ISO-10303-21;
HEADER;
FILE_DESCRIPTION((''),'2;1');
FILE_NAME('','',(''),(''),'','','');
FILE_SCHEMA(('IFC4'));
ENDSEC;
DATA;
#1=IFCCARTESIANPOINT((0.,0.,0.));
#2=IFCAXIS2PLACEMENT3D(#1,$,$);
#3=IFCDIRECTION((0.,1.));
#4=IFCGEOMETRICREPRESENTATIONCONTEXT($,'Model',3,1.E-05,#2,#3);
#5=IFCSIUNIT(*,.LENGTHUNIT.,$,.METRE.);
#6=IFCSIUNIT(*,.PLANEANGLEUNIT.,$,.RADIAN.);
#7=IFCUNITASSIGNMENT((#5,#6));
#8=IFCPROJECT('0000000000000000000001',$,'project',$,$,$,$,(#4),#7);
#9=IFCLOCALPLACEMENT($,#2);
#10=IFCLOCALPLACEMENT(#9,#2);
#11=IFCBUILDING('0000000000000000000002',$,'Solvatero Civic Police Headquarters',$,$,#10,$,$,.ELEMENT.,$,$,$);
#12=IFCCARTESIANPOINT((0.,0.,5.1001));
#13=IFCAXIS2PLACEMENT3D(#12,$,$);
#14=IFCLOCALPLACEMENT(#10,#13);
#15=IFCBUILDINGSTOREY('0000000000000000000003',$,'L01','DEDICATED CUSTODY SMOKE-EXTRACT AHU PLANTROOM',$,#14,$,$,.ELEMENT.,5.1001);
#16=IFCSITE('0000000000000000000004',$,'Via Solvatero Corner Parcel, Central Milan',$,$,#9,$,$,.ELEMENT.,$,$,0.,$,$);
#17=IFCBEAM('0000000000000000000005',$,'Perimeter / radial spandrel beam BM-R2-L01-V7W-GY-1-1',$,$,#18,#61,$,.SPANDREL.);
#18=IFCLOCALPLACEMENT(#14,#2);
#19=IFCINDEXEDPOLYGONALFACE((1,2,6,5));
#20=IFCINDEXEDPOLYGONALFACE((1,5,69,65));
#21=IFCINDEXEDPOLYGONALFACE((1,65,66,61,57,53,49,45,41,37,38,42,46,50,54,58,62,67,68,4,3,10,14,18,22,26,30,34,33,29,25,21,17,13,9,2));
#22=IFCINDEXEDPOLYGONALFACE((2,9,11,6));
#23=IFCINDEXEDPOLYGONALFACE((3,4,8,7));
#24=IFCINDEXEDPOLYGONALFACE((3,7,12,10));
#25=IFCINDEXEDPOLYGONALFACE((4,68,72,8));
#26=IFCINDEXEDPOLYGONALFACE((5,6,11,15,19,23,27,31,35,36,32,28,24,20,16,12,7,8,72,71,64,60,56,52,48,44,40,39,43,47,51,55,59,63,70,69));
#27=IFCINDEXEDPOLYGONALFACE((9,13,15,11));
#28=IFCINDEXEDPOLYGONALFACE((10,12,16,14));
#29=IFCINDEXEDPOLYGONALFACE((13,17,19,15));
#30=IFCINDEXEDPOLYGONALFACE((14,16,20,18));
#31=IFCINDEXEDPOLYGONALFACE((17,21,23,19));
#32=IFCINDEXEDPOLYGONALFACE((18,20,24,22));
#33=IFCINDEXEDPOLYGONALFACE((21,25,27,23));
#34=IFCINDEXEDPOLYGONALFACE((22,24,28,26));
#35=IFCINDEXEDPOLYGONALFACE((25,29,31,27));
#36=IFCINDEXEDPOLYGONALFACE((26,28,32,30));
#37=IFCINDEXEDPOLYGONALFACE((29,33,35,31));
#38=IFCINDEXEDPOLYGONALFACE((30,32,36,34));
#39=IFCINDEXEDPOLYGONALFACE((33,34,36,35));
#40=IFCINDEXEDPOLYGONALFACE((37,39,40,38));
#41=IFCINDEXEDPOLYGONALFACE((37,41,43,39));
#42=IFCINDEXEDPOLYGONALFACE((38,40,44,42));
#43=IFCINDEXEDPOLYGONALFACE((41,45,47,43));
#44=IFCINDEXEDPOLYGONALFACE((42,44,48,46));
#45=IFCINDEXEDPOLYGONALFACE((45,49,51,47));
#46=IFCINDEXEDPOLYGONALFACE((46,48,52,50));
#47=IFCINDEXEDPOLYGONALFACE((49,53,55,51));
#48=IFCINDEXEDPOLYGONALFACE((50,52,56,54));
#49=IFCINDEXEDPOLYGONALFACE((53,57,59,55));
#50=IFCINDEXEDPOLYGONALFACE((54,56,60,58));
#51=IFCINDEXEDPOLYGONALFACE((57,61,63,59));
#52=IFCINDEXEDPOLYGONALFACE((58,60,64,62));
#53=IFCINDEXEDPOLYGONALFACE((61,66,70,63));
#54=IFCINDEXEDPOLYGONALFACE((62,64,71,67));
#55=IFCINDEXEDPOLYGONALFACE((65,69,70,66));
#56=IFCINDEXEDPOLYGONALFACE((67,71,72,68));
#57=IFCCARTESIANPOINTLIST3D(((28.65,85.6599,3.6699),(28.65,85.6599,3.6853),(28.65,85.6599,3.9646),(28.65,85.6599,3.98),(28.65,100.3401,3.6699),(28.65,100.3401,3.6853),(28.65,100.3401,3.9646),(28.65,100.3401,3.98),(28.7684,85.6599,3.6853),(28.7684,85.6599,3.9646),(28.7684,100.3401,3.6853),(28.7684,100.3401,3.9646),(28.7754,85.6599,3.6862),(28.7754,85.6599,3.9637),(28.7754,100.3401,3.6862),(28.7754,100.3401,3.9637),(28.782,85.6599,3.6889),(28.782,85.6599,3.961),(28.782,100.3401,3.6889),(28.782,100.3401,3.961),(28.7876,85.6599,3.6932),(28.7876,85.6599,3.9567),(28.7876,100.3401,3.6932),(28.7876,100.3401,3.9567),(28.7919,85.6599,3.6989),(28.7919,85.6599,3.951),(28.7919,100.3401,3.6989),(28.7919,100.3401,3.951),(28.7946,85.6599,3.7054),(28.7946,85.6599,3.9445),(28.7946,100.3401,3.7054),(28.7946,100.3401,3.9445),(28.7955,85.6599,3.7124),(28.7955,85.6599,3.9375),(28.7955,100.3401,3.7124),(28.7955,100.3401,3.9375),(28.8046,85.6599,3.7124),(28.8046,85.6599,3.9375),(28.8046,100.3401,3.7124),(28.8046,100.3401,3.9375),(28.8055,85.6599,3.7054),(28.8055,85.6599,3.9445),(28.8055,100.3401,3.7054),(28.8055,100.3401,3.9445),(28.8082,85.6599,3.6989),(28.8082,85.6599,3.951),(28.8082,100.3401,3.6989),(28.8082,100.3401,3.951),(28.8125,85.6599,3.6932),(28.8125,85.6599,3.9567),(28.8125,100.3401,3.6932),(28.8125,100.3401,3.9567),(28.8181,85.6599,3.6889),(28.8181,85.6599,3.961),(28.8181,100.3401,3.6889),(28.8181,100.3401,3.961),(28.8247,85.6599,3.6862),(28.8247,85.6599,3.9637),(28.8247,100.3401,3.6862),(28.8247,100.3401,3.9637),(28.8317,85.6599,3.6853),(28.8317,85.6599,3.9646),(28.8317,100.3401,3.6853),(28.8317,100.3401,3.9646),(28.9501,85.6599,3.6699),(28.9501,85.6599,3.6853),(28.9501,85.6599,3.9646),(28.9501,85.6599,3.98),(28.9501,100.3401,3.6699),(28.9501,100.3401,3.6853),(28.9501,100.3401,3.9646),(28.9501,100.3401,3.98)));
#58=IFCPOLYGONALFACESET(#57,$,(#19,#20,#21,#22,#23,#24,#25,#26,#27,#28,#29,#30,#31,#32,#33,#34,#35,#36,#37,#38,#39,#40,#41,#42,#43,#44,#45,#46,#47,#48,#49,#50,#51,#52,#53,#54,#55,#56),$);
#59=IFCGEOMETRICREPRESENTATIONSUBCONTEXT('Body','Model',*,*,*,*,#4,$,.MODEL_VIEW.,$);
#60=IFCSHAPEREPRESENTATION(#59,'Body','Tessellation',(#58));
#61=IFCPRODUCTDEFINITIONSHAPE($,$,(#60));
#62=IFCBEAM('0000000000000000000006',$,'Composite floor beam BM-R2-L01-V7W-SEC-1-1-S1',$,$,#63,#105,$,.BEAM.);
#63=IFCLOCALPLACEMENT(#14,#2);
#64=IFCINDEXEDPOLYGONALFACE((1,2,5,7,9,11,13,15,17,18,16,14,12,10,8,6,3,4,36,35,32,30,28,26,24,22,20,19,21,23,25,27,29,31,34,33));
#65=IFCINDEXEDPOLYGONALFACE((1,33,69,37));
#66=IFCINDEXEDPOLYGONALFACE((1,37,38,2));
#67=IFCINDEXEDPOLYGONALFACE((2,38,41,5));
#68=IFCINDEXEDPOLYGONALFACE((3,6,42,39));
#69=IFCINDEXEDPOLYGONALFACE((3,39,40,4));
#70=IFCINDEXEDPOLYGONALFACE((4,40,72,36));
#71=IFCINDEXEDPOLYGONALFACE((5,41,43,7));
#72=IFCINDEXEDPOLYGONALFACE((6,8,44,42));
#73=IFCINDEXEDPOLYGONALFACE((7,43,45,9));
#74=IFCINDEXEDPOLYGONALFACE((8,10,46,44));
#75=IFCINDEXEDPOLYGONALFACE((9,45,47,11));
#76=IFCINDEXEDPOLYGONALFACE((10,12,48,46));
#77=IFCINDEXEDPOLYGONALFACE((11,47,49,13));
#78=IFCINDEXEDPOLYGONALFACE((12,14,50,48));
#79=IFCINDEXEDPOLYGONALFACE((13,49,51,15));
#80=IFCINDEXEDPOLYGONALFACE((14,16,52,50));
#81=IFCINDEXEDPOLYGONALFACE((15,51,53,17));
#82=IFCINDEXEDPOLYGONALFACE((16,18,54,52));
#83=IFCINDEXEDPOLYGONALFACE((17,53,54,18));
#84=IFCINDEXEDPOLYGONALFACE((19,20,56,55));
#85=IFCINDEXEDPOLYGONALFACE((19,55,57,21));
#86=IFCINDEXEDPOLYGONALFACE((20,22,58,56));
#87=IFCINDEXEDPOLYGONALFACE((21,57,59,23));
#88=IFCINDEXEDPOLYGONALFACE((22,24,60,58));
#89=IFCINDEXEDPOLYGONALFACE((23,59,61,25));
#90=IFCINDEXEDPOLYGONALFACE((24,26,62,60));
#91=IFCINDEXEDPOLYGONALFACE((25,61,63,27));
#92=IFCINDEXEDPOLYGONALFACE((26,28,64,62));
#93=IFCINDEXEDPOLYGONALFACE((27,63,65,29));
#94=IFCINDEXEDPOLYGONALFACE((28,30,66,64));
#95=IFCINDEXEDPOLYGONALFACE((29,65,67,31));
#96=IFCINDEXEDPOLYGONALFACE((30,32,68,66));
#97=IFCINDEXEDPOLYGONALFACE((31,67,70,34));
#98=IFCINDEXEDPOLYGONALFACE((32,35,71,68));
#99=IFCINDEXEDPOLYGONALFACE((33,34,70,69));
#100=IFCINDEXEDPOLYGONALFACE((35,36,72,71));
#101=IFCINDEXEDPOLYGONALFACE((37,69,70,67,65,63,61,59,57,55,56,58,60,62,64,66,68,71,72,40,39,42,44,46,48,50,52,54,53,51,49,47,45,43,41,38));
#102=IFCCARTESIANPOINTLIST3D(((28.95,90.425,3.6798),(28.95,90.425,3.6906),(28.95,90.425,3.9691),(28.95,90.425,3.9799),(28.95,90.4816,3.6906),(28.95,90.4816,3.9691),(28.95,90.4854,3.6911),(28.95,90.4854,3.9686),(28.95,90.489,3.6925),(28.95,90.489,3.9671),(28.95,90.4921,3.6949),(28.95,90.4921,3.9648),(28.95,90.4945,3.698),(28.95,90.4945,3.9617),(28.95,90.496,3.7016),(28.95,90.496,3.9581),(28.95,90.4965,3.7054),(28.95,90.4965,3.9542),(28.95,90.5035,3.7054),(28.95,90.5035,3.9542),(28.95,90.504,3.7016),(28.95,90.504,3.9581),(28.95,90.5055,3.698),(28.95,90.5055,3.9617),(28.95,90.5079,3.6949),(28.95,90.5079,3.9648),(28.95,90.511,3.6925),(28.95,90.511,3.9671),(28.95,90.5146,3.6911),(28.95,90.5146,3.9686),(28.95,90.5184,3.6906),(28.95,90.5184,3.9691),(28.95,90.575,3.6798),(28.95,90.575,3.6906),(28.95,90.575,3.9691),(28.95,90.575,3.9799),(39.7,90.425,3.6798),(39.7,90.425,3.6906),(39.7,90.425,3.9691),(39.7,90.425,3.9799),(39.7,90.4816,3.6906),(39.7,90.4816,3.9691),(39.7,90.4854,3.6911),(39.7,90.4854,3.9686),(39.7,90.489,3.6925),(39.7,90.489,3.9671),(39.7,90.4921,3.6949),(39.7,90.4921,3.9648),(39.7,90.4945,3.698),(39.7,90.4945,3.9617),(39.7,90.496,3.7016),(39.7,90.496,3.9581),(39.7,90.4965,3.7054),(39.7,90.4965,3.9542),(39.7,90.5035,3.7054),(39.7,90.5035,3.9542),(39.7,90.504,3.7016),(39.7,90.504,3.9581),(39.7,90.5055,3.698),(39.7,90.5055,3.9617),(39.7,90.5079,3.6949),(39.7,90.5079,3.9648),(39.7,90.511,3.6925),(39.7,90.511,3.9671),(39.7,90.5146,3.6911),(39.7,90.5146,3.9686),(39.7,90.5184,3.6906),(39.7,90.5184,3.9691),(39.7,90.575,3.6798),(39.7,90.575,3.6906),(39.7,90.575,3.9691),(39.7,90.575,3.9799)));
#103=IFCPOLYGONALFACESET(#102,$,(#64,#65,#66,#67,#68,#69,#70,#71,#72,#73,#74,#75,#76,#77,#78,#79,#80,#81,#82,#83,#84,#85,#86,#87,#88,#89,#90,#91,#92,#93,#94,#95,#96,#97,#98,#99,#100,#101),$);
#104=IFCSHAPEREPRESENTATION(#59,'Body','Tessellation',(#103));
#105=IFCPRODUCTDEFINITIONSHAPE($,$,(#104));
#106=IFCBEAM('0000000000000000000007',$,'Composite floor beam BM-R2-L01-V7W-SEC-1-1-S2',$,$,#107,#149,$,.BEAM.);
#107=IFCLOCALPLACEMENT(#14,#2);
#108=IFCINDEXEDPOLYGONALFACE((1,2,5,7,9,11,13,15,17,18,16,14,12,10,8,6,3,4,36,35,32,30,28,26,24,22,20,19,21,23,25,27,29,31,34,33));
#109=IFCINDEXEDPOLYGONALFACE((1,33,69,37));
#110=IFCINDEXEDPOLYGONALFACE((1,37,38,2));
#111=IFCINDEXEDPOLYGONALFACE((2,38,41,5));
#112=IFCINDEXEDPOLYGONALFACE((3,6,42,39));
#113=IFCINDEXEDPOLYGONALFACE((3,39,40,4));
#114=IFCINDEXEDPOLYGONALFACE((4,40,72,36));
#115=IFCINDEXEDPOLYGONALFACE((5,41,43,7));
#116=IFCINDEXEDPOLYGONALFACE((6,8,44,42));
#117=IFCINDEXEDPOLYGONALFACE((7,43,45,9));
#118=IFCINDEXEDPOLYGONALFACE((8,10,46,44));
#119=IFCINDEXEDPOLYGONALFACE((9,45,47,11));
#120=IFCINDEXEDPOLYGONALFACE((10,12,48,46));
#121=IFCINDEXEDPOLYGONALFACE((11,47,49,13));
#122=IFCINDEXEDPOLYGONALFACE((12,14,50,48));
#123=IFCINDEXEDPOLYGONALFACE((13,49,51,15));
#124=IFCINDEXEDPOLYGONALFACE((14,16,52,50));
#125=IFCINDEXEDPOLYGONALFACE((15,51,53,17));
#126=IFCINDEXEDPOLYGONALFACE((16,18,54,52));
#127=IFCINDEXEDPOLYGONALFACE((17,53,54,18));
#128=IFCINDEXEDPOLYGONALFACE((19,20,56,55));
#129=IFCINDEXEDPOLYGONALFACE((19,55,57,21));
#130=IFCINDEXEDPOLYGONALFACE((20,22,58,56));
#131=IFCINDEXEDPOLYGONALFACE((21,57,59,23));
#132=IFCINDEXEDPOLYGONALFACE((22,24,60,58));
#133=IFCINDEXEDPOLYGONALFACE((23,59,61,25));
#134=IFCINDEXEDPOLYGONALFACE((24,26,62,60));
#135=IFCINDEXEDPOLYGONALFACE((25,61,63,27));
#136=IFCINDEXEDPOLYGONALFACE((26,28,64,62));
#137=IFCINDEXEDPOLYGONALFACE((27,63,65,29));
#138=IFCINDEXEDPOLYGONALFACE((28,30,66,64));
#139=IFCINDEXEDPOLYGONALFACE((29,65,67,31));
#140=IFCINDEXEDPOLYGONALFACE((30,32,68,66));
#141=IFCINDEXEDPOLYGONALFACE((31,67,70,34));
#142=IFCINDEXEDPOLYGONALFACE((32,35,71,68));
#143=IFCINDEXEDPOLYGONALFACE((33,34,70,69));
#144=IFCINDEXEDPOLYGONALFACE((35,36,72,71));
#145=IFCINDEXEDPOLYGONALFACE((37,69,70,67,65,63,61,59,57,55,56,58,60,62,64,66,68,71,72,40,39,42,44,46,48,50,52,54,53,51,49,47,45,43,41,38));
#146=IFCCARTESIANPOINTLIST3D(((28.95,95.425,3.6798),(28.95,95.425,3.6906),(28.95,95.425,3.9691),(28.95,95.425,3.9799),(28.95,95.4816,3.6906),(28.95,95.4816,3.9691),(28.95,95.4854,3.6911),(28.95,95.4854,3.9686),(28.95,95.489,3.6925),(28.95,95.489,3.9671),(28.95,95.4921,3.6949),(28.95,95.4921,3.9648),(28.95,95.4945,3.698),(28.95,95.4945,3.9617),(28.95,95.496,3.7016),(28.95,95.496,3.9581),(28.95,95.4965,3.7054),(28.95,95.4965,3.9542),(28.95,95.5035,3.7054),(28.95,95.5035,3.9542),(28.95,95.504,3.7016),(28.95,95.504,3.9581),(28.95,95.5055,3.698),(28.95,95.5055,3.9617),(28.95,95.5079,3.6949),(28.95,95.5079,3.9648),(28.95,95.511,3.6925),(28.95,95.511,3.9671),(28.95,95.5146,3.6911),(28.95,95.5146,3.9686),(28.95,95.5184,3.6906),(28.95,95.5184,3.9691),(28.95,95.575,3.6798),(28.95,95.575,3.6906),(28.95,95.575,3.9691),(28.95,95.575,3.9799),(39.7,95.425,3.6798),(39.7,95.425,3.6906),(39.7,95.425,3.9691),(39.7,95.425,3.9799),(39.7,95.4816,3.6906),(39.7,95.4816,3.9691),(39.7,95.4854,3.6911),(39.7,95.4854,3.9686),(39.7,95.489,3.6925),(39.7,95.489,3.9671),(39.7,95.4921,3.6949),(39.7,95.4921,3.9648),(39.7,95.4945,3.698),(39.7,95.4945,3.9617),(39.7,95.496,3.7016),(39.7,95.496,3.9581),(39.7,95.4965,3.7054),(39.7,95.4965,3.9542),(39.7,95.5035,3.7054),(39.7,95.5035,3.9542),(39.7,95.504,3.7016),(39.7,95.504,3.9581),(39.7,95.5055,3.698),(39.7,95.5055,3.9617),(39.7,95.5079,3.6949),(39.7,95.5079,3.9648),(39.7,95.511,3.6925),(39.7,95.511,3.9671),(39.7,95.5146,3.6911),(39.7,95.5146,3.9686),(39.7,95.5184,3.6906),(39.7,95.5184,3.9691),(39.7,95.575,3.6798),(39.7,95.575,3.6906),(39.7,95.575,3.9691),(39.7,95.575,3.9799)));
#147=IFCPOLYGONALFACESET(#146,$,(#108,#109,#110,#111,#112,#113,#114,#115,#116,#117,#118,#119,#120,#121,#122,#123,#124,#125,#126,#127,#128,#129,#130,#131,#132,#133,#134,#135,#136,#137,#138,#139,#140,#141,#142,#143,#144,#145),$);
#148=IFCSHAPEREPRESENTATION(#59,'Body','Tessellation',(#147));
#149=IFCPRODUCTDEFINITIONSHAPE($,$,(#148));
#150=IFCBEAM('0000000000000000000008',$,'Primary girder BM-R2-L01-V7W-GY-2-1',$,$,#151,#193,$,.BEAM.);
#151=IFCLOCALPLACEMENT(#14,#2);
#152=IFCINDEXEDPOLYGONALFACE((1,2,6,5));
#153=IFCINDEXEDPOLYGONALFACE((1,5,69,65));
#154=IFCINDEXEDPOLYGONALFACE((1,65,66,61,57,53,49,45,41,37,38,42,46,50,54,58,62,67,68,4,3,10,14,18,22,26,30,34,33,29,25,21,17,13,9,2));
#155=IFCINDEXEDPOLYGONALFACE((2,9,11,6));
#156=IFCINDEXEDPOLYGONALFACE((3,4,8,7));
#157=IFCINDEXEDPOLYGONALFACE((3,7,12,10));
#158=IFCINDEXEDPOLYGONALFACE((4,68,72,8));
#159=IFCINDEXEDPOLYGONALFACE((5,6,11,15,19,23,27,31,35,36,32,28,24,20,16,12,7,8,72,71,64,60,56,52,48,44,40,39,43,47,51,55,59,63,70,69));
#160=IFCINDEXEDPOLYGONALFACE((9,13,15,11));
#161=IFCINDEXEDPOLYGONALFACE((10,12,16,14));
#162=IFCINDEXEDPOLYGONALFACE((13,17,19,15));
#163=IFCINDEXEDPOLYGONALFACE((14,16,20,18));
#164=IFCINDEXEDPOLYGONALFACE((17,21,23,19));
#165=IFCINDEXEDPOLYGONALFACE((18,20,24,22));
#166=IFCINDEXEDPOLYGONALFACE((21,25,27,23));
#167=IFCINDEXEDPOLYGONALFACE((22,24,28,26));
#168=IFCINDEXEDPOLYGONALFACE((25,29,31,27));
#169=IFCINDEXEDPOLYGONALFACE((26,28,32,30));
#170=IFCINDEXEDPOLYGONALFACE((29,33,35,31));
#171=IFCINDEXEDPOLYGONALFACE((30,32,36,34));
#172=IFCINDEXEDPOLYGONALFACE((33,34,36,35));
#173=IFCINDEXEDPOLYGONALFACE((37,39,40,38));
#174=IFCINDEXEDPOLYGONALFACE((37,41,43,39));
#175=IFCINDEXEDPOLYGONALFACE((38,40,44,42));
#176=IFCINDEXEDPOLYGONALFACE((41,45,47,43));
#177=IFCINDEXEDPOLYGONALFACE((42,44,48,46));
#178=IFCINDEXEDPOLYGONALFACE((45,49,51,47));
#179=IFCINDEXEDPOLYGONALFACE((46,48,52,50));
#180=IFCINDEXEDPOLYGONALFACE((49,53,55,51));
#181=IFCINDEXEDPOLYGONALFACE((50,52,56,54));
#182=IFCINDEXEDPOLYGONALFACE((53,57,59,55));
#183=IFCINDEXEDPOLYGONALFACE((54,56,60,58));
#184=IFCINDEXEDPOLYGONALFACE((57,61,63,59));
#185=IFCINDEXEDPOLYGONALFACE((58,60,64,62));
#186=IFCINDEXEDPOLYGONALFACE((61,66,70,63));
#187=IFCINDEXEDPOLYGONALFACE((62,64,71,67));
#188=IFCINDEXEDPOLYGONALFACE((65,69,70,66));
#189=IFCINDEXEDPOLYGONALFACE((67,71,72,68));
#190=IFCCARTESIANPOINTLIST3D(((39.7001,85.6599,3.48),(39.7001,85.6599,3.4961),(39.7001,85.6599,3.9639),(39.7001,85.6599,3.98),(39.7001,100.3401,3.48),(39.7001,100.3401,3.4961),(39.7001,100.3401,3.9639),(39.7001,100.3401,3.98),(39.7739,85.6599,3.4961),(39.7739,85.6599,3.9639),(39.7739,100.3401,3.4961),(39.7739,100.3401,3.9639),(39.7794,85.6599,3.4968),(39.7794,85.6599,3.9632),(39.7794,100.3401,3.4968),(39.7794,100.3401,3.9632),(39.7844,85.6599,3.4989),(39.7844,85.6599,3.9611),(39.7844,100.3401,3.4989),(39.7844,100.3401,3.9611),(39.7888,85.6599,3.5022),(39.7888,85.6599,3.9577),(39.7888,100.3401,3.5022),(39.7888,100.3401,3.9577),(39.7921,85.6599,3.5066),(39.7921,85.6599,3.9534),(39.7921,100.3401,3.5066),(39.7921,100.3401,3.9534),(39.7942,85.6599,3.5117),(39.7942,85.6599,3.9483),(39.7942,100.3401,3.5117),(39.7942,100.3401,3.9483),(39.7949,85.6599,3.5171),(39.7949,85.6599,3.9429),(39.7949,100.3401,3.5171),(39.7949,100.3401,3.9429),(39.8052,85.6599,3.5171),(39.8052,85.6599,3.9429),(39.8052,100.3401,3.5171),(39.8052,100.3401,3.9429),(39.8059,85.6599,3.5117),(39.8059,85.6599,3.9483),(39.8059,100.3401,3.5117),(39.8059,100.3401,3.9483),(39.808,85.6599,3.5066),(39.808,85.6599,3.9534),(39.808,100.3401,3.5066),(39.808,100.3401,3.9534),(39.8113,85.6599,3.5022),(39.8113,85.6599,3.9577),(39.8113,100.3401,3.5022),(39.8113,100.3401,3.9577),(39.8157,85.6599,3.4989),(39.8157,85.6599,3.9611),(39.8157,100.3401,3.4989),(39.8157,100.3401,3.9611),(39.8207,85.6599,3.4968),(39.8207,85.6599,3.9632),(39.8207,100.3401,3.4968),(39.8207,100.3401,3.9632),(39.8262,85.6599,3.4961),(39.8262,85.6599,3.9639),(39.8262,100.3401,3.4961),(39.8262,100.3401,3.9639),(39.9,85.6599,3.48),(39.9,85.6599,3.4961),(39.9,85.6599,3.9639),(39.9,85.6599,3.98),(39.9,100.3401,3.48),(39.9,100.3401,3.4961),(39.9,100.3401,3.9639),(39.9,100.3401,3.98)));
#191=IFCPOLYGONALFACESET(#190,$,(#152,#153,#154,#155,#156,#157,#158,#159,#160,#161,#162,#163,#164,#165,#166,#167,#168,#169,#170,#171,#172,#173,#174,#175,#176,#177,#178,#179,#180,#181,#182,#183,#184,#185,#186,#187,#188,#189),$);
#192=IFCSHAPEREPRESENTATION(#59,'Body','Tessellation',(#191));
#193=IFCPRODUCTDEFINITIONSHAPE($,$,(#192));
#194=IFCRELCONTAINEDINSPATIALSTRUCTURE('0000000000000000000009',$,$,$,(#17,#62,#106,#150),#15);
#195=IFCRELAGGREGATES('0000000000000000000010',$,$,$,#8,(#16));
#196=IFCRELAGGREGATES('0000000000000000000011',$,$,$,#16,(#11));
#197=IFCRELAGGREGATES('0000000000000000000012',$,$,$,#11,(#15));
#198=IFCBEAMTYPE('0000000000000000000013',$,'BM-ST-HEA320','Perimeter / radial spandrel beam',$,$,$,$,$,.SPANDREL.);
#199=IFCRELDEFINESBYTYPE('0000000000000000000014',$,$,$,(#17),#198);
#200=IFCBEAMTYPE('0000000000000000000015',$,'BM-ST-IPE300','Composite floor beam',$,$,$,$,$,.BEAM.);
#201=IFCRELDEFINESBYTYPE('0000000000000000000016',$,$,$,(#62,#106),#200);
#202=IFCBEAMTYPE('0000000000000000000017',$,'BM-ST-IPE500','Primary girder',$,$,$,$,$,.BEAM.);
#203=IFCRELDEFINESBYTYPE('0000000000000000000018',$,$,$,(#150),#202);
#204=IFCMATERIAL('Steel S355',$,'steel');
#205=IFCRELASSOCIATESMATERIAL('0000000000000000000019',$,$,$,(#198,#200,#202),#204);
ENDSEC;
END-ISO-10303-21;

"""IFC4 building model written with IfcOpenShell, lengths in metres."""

from ifc_helpers import new_model, si_unit, direction, frame, origin, origin_2d, place, context, subcontext, project, spatial, i_section, extrude, material, material_profile, profile_set, type_object, element, save


model = new_model("IFC4")

# Units and contexts
model_context = context("Model", 3, precision=1e-05, world=origin(), true_north=direction((0.0, 1.0)))
body_context = subcontext(model_context, "Body", "Model", "MODEL_VIEW")
ifc_project = project(units=[si_unit("LENGTHUNIT", "METRE"), si_unit("PLANEANGLEUNIT", "RADIAN")], contexts=[model_context])

# Site, building, storey
site_placement = place(None, origin())
site = spatial("IfcSite", under=ifc_project, at=site_placement, Name="Via Solvatero Corner Parcel, Central Milan", CompositionType="ELEMENT", RefElevation=0.0)
building_placement = place(site_placement, origin())
building = spatial("IfcBuilding", under=site, at=building_placement, Name="Solvatero Civic Police Headquarters", CompositionType="ELEMENT")
storey_placement = place(building_placement, frame((0.0, 0.0, 5.1001)))
storey = spatial("IfcBuildingStorey", under=building, at=storey_placement, Name="L01", Description="DEDICATED CUSTODY SMOKE-EXTRACT AHU PLANTROOM", CompositionType="ELEMENT", Elevation=5.1001)

# Shared definitions
ifc_material_1 = material(Name="Steel S355", Category="steel")

# Beams
ifc_material_profile_1 = material_profile(ifc_material_1, i_section(OverallWidth=0.3, OverallDepth=0.3101, WebThickness=0.009, FlangeThickness=0.0154, FilletRadius=0.0271, at=origin_2d()), Name="HEA 320")
ifc_profile_set_1 = profile_set([ifc_material_profile_1], Name="Steel S355")
beam_type_1 = type_object("IfcBeamType", Name="BM-ST-HEA320", Description="Perimeter / radial spandrel beam", PredefinedType="SPANDREL", material=ifc_profile_set_1)
beam_1_placement = place(storey_placement, frame((28.8, 85.6599, 3.825), z_axis=(0.0, 1.0, 0.0), x_axis=(-1.0, 0.0, 0.0)))
element("IfcBeam", 1, at=beam_1_placement, inside=storey, type_object=beam_type_1, Name="Perimeter / radial spandrel beam BM-R2-L01-V7W-GY-1-1", PredefinedType="SPANDREL", context=body_context, shape_type="SweptSolid", body=[
    extrude(i_section(OverallWidth=0.3, OverallDepth=0.3101, WebThickness=0.009, FlangeThickness=0.0154, FilletRadius=0.0271, at=origin_2d()), origin(), (0.0, 0.0, 1.0), 14.6802),
])
ifc_material_profile_2 = material_profile(ifc_material_1, i_section(OverallWidth=0.1499, OverallDepth=0.3, WebThickness=0.0071, FlangeThickness=0.0107, FilletRadius=0.0149, at=origin_2d()), Name="IPE 300")
ifc_profile_set_2 = profile_set([ifc_material_profile_2], Name="Steel S355")
beam_type_2 = type_object("IfcBeamType", Name="BM-ST-IPE300", Description="Composite floor beam", PredefinedType="BEAM", material=ifc_profile_set_2)
for number, where, z_axis, x_axis, name in (
    (2, (28.95, 90.5, 3.8298), (1.0, 0.0, 0.0), (0.0, 1.0, 0.0), "Composite floor beam BM-R2-L01-V7W-SEC-1-1-S1"),
    (3, (28.95, 95.5, 3.8298), (1.0, 0.0, 0.0), (0.0, 1.0, 0.0), "Composite floor beam BM-R2-L01-V7W-SEC-1-1-S2"),
):
    element("IfcBeam", number, at=place(storey_placement, frame(where, z_axis=z_axis, x_axis=x_axis)), inside=storey, type_object=beam_type_2, Name=name, PredefinedType="BEAM", context=body_context, shape_type="SweptSolid", body=[
        extrude(i_section(OverallWidth=0.1499, OverallDepth=0.3, WebThickness=0.0071, FlangeThickness=0.0107, FilletRadius=0.0149, at=origin_2d()), origin(), (0.0, 0.0, 1.0), 10.75),
    ])
ifc_material_profile_3 = material_profile(ifc_material_1, i_section(OverallWidth=0.2, OverallDepth=0.5, WebThickness=0.0103, FlangeThickness=0.0161, FilletRadius=0.021, at=origin_2d()), Name="IPE 500")
ifc_profile_set_3 = profile_set([ifc_material_profile_3], Name="Steel S355")
beam_type_3 = type_object("IfcBeamType", Name="BM-ST-IPE500", Description="Primary girder", PredefinedType="BEAM", material=ifc_profile_set_3)
beam_2_placement = place(storey_placement, frame((39.8, 85.6599, 3.73), z_axis=(0.0, 1.0, 0.0), x_axis=(-1.0, 0.0, 0.0)))
element("IfcBeam", 4, at=beam_2_placement, inside=storey, type_object=beam_type_3, Name="Primary girder BM-R2-L01-V7W-GY-2-1", PredefinedType="BEAM", context=body_context, shape_type="SweptSolid", body=[
    extrude(i_section(OverallWidth=0.2, OverallDepth=0.5, WebThickness=0.0103, FlangeThickness=0.0161, FilletRadius=0.021, at=origin_2d()), origin(), (0.0, 0.0, 1.0), 14.6802),
])

save(model, "model.ifc")
